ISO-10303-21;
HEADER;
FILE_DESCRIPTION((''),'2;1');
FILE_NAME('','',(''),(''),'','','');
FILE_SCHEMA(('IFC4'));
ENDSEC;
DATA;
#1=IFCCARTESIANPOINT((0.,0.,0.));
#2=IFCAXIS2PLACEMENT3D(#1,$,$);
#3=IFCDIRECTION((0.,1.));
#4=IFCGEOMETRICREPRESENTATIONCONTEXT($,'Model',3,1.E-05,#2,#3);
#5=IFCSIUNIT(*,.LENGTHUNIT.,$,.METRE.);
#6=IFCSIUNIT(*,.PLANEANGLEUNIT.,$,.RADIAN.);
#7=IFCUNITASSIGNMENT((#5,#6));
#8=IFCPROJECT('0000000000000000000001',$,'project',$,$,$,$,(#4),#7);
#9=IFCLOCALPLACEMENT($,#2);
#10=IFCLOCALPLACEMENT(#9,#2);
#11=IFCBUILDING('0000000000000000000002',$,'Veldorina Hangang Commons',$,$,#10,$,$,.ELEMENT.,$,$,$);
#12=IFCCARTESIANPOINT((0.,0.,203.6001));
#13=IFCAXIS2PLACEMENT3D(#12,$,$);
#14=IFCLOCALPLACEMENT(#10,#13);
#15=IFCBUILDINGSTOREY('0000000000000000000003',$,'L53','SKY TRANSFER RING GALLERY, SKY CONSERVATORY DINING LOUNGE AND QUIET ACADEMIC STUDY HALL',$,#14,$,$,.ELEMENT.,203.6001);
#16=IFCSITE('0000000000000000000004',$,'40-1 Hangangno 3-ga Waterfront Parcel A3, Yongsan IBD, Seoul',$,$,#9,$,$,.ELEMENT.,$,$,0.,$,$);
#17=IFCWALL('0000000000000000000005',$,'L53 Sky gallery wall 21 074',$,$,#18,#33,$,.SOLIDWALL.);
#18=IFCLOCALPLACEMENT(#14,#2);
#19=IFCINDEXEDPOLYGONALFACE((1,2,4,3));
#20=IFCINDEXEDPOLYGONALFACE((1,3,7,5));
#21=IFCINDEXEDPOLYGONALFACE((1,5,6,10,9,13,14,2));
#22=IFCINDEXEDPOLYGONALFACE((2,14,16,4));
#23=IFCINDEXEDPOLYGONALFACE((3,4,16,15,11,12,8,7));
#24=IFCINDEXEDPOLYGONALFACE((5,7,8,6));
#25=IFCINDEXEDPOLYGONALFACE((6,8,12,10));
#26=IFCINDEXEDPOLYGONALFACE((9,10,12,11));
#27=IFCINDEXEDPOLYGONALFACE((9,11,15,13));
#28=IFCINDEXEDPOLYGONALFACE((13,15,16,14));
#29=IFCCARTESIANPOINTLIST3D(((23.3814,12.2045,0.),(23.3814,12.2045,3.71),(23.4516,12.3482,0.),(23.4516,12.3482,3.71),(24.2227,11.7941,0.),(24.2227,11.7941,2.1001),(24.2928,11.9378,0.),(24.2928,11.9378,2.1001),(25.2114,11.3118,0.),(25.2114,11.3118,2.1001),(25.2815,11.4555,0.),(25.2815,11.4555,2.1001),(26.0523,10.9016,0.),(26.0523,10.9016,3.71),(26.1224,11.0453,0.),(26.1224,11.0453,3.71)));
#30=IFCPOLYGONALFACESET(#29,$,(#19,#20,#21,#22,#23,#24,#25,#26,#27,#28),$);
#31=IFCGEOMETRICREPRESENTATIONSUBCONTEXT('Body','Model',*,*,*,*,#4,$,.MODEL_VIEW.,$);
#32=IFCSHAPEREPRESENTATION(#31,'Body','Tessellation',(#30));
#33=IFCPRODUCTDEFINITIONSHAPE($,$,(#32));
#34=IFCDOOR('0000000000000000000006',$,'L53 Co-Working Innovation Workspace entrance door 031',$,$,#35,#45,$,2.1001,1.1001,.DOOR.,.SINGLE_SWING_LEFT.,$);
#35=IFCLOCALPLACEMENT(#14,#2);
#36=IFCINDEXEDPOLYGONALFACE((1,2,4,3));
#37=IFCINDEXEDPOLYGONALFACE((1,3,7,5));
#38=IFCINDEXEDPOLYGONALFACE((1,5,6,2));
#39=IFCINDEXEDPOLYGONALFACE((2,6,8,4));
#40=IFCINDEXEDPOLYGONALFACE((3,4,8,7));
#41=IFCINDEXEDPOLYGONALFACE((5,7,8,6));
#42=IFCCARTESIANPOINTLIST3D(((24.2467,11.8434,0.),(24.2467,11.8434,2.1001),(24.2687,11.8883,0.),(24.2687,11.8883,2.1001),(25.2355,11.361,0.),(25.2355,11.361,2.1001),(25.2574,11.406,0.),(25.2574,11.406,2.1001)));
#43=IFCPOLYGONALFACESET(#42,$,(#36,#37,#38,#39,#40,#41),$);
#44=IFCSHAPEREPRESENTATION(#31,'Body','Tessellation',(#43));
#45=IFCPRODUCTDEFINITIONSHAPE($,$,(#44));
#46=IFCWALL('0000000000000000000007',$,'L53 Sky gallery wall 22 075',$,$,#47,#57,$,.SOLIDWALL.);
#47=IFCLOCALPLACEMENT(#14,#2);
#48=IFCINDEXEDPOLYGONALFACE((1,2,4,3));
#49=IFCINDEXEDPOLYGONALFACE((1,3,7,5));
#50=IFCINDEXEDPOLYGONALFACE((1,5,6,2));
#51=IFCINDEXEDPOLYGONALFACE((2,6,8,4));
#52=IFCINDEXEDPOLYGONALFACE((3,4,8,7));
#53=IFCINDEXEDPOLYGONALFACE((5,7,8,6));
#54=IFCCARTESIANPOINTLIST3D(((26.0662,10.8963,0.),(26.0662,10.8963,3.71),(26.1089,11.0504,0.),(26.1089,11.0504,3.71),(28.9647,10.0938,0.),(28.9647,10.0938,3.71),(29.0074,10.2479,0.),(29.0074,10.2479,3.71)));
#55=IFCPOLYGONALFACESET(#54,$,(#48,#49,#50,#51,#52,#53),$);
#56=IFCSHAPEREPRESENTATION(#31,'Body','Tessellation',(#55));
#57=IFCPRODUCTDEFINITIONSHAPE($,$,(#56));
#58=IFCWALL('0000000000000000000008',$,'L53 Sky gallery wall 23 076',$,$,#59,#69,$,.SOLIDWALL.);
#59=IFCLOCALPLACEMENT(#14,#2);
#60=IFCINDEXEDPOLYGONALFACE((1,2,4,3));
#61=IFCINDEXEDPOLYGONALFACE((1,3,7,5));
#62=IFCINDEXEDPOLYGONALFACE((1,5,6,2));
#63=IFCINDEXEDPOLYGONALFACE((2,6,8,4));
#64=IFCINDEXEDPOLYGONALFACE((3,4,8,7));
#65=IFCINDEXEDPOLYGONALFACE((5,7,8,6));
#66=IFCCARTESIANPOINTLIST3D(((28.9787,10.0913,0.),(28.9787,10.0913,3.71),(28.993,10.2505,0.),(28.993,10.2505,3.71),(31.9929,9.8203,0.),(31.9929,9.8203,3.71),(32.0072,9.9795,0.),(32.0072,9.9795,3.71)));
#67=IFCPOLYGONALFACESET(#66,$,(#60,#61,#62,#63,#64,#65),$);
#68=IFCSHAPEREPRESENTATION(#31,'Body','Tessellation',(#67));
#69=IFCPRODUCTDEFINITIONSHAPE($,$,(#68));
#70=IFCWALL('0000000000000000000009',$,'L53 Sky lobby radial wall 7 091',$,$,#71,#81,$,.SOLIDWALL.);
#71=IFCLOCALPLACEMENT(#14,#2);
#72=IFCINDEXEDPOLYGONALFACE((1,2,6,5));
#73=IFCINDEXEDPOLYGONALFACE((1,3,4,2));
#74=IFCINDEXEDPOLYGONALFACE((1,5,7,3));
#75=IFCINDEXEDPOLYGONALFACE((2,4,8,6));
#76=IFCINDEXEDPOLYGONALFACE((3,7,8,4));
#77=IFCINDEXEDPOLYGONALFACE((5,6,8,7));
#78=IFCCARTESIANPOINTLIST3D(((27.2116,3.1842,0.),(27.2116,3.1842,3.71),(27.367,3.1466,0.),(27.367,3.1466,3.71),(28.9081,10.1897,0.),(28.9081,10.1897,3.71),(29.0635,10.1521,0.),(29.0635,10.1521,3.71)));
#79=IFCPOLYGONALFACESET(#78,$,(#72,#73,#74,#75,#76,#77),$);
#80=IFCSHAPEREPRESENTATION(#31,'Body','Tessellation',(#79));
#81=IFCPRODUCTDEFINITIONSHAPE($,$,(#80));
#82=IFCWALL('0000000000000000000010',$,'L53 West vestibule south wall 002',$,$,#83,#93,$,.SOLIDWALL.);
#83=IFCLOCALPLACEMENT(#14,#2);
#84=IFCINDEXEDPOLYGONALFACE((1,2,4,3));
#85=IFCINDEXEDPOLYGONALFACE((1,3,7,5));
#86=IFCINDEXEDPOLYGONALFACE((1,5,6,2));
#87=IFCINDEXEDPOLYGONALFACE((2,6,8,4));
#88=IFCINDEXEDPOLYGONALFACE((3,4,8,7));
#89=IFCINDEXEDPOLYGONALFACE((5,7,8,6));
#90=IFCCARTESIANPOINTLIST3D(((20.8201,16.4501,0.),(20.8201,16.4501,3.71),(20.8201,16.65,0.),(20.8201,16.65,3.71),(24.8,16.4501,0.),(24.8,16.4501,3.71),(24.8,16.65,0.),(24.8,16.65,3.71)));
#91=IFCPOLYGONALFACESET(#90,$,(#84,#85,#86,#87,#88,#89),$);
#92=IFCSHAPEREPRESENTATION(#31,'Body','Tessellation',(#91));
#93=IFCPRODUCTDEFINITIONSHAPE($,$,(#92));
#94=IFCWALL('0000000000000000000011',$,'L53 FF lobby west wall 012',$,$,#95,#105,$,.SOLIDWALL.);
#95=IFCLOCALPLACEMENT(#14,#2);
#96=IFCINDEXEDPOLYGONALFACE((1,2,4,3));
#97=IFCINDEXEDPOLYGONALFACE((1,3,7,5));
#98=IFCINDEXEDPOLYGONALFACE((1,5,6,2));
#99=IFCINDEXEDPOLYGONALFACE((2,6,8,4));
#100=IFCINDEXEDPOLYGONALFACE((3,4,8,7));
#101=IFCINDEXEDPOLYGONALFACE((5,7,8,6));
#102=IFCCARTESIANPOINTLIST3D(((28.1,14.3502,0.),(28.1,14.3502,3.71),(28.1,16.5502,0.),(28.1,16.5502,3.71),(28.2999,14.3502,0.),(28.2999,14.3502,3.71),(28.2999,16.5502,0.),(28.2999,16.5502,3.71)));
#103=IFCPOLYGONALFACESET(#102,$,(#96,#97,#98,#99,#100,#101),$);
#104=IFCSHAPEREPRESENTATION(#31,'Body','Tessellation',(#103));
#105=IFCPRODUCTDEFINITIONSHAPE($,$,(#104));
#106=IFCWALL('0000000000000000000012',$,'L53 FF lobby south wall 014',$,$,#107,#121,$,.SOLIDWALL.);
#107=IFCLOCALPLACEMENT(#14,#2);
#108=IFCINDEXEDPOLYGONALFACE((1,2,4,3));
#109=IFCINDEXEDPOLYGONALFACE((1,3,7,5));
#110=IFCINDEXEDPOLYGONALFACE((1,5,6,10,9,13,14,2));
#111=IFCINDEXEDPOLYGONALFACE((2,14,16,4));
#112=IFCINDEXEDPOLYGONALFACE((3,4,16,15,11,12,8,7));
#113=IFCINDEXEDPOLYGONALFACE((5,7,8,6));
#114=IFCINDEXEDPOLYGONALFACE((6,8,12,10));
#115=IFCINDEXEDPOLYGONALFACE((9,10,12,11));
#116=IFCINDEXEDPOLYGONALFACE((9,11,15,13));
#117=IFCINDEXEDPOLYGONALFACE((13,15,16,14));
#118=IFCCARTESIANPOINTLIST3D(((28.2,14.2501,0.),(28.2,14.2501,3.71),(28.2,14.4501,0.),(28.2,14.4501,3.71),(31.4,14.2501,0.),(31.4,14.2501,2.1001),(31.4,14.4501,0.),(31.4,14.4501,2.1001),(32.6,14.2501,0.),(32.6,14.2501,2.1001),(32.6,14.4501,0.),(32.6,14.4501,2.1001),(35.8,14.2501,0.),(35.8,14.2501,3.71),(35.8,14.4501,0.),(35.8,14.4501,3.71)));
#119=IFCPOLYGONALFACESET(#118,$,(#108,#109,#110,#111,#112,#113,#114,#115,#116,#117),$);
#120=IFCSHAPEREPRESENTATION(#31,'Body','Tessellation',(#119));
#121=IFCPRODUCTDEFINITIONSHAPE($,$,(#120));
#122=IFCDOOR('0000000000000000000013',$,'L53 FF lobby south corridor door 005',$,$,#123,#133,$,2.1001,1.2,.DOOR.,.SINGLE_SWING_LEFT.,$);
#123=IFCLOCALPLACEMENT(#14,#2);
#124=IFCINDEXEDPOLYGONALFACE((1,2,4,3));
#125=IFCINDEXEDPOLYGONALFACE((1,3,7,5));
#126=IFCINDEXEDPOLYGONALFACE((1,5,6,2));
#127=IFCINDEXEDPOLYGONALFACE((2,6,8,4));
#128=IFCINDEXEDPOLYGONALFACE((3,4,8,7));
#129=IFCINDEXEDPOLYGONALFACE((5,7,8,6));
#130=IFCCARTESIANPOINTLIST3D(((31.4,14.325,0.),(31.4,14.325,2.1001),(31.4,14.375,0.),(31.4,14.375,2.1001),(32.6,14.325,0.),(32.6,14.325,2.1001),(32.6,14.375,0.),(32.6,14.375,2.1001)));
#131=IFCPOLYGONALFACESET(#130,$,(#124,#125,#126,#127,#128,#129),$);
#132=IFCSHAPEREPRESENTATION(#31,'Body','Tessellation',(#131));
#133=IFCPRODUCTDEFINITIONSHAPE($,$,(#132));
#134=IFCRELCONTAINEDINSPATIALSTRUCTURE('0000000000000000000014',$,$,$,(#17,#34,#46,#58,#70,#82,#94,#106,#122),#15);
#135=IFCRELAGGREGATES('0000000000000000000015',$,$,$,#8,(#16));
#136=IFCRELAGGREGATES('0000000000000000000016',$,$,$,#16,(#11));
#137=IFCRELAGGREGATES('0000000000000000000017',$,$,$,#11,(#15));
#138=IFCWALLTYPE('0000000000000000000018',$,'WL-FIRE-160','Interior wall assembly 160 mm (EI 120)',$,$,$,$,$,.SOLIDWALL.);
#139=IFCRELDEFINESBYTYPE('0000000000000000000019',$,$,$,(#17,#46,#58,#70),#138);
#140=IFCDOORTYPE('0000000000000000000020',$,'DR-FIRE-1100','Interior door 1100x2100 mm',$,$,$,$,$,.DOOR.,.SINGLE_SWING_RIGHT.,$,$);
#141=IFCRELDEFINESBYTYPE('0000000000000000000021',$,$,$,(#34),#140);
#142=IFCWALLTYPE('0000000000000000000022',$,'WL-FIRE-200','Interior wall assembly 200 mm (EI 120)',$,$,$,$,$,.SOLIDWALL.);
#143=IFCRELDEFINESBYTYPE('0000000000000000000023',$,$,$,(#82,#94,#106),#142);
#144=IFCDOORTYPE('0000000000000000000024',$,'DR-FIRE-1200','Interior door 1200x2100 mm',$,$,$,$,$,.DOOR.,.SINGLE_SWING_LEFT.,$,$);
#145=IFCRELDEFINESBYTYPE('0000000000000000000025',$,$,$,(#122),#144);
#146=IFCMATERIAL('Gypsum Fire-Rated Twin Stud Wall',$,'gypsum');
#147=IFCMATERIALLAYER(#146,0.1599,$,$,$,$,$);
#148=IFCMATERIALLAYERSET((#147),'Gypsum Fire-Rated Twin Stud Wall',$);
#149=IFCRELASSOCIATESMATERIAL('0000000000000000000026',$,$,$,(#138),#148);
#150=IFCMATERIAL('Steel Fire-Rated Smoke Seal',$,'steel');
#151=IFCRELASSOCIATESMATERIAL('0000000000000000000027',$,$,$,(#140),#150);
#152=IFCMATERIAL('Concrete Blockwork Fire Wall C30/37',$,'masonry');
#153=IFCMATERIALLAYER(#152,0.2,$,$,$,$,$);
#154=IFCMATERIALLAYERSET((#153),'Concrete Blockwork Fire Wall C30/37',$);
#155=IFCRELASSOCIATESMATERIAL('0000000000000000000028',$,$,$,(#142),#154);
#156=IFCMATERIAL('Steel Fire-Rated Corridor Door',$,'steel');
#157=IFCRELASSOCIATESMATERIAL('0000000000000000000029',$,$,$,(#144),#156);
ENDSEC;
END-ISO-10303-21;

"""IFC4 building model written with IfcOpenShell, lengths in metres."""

from ifc_helpers import new_model, si_unit, direction, frame, frame_2d, origin, place, context, subcontext, project, spatial, rectangle, extrude, material, layer, layer_set, type_object, element, fill, save


model = new_model("IFC4")

# Units and contexts
model_context = context("Model", 3, precision=1e-05, world=origin(), true_north=direction((0.0, 1.0)))
body_context = subcontext(model_context, "Body", "Model", "MODEL_VIEW")
ifc_project = project(units=[si_unit("LENGTHUNIT", "METRE"), si_unit("PLANEANGLEUNIT", "RADIAN")], contexts=[model_context])

# Site, building, storey
site_placement = place(None, origin())
site = spatial("IfcSite", under=ifc_project, at=site_placement, Name="40-1 Hangangno 3-ga Waterfront Parcel A3, Yongsan IBD, Seoul", CompositionType="ELEMENT", RefElevation=0.0)
building_placement = place(site_placement, origin())
building = spatial("IfcBuilding", under=site, at=building_placement, Name="Veldorina Hangang Commons", CompositionType="ELEMENT")
storey_placement = place(building_placement, frame((0.0, 0.0, 203.6001)))
storey = spatial("IfcBuildingStorey", under=building, at=storey_placement, Name="L53", Description="SKY TRANSFER RING GALLERY, SKY CONSERVATORY DINING LOUNGE AND QUIET ACADEMIC STUDY HALL", CompositionType="ELEMENT", Elevation=203.6001)

# Shared definitions
ifc_material_1 = material(Name="Gypsum Fire-Rated Twin Stud Wall", Category="gypsum")
ifc_layer_1 = layer(ifc_material_1, 0.1599)
ifc_layer_set_1 = layer_set([ifc_layer_1], Name="Gypsum Fire-Rated Twin Stud Wall")
wall_type_1 = type_object("IfcWallType", Name="WL-FIRE-160", Description="Interior wall assembly 160 mm (EI 120)", PredefinedType="SOLIDWALL", material=ifc_layer_set_1)

# Wall, opening, door
wall_1_placement = place(storey_placement, frame((23.4165, 12.2764, 0.0), z_axis=(0.0, 0.0, 1.0), x_axis=(0.898755, -0.438451, 0.0)))
wall_1 = element("IfcWall", 1, at=wall_1_placement, inside=storey, type_object=wall_type_1, Name="L53 Sky gallery wall 21 074", PredefinedType="SOLIDWALL", context=body_context, shape_type="SweptSolid", body=[
    extrude(rectangle(XDim=2.9717, YDim=0.1599, at=frame_2d((1.4858, 0.0))), origin(), (0.0, 0.0, 1.0), 3.71),
])
opening_1_placement = place(wall_1_placement, frame((0.936, 0.0, 0.0)))
opening_1 = element("IfcOpeningElement", 2, at=opening_1_placement, cuts=wall_1, PredefinedType="OPENING", context=body_context, shape_type="SweptSolid", body=[
    extrude(rectangle(XDim=1.1001, YDim=2.1001, at=frame_2d((0.55, 1.05))), frame((0.0, 0.0898, 0.0), z_axis=(0.0, -1.0, 0.0), x_axis=(1.0, 0.0, 0.0)), (0.0, 0.0, 1.0), 0.1799),
])
ifc_material_2 = material(Name="Steel Fire-Rated Smoke Seal", Category="steel")
door_type_1 = type_object("IfcDoorType", Name="DR-FIRE-1100", Description="Interior door 1100x2100 mm", OperationType="SINGLE_SWING_RIGHT", PredefinedType="DOOR", material=ifc_material_2)
door_1_placement = place(opening_1_placement, origin())
door_1 = element("IfcDoor", 3, at=door_1_placement, inside=storey, type_object=door_type_1, Name="L53 Co-Working Innovation Workspace entrance door 031", OperationType="SINGLE_SWING_LEFT", OverallHeight=2.1001, OverallWidth=1.1001, PredefinedType="DOOR", context=body_context, shape_type="SweptSolid", body=[
    extrude(rectangle(XDim=1.1001, YDim=2.1001, at=frame_2d((0.55, 1.05))), frame((0.0, 0.0249, 0.0), z_axis=(0.0, -1.0, 0.0), x_axis=(1.0, 0.0, 0.0)), (0.0, 0.0, 1.0), 0.05),
])
fill(opening_1, door_1)

# Walls
wall_2_placement = place(storey_placement, frame((26.0874, 10.9734, 0.0), z_axis=(0.0, 0.0, 1.0), x_axis=(0.963743, -0.266832, 0.0)))
element("IfcWall", 4, at=wall_2_placement, inside=storey, type_object=wall_type_1, Name="L53 Sky gallery wall 22 075", PredefinedType="SOLIDWALL", context=body_context, shape_type="SweptSolid", body=[
    extrude(rectangle(XDim=3.0076, YDim=0.1599, at=frame_2d((1.5039, 0.0))), origin(), (0.0, 0.0, 1.0), 3.71),
])
wall_3_placement = place(storey_placement, frame((28.9858, 10.1709, 0.0), z_axis=(0.0, 0.0, 1.0), x_axis=(0.995983, -0.089546, 0.0)))
element("IfcWall", 5, at=wall_3_placement, inside=storey, type_object=wall_type_1, Name="L53 Sky gallery wall 23 076", PredefinedType="SOLIDWALL", context=body_context, shape_type="SweptSolid", body=[
    extrude(rectangle(XDim=3.0264, YDim=0.1599, at=frame_2d((1.5132, 0.0))), origin(), (0.0, 0.0, 1.0), 3.71),
])
wall_4_placement = place(storey_placement, frame((28.9858, 10.1709, 0.0), z_axis=(0.0, 0.0, 1.0), x_axis=(-0.235364, -0.971907, 0.0)))
element("IfcWall", 6, at=wall_4_placement, inside=storey, type_object=wall_type_1, Name="L53 Sky lobby radial wall 7 091", PredefinedType="SOLIDWALL", context=body_context, shape_type="SweptSolid", body=[
    extrude(rectangle(XDim=7.208, YDim=0.1599, at=frame_2d((3.604, 0.0))), origin(), (0.0, 0.0, 1.0), 3.71),
])
ifc_material_3 = material(Name="Concrete Blockwork Fire Wall C30/37", Category="masonry")
ifc_layer_2 = layer(ifc_material_3, 0.2)
ifc_layer_set_2 = layer_set([ifc_layer_2], Name="Concrete Blockwork Fire Wall C30/37")
wall_type_2 = type_object("IfcWallType", Name="WL-FIRE-200", Description="Interior wall assembly 200 mm (EI 120)", PredefinedType="SOLIDWALL", material=ifc_layer_set_2)
wall_5_placement = place(storey_placement, frame((20.8201, 16.55, 0.0), z_axis=(0.0, 0.0, 1.0), x_axis=(1.0, 0.0, 0.0)))
element("IfcWall", 7, at=wall_5_placement, inside=storey, type_object=wall_type_2, Name="L53 West vestibule south wall 002", PredefinedType="SOLIDWALL", context=body_context, shape_type="SweptSolid", body=[
    extrude(rectangle(XDim=3.98, YDim=0.2, at=frame_2d((1.99, 0.0))), origin(), (0.0, 0.0, 1.0), 3.71),
])
wall_6_placement = place(storey_placement, frame((28.2, 14.3501, 0.0), z_axis=(0.0, 0.0, 1.0), x_axis=(0.0, 1.0, 0.0)))
element("IfcWall", 8, at=wall_6_placement, inside=storey, type_object=wall_type_2, Name="L53 FF lobby west wall 012", PredefinedType="SOLIDWALL", context=body_context, shape_type="SweptSolid", body=[
    extrude(rectangle(XDim=2.2, YDim=0.2, at=frame_2d((1.1001, 0.0))), origin(), (0.0, 0.0, 1.0), 3.71),
])

# Wall, opening, door
wall_7_placement = place(storey_placement, frame((28.2, 14.3501, 0.0), z_axis=(0.0, 0.0, 1.0), x_axis=(1.0, 0.0, 0.0)))
wall_7 = element("IfcWall", 9, at=wall_7_placement, inside=storey, type_object=wall_type_2, Name="L53 FF lobby south wall 014", PredefinedType="SOLIDWALL", context=body_context, shape_type="SweptSolid", body=[
    extrude(rectangle(XDim=7.6001, YDim=0.2, at=frame_2d((3.8, 0.0))), origin(), (0.0, 0.0, 1.0), 3.71),
])
opening_2_placement = place(wall_7_placement, frame((3.2, 0.0, 0.0)))
opening_2 = element("IfcOpeningElement", 10, at=opening_2_placement, cuts=wall_7, PredefinedType="OPENING", context=body_context, shape_type="SweptSolid", body=[
    extrude(rectangle(XDim=1.2, YDim=2.1001, at=frame_2d((0.6001, 1.05))), frame((0.0, 0.1099, 0.0), z_axis=(0.0, -1.0, 0.0), x_axis=(1.0, 0.0, 0.0)), (0.0, 0.0, 1.0), 0.22),
])
ifc_material_4 = material(Name="Steel Fire-Rated Corridor Door", Category="steel")
door_type_2 = type_object("IfcDoorType", Name="DR-FIRE-1200", Description="Interior door 1200x2100 mm", OperationType="SINGLE_SWING_LEFT", PredefinedType="DOOR", material=ifc_material_4)
door_2_placement = place(opening_2_placement, origin())
door_2 = element("IfcDoor", 11, at=door_2_placement, inside=storey, type_object=door_type_2, Name="L53 FF lobby south corridor door 005", OperationType="SINGLE_SWING_LEFT", OverallHeight=2.1001, OverallWidth=1.2, PredefinedType="DOOR", context=body_context, shape_type="SweptSolid", body=[
    extrude(rectangle(XDim=1.2, YDim=2.1001, at=frame_2d((0.6001, 1.05))), frame((0.0, 0.0249, 0.0), z_axis=(0.0, -1.0, 0.0), x_axis=(1.0, 0.0, 0.0)), (0.0, 0.0, 1.0), 0.05),
])
fill(opening_2, door_2)

save(model, "model.ifc")
